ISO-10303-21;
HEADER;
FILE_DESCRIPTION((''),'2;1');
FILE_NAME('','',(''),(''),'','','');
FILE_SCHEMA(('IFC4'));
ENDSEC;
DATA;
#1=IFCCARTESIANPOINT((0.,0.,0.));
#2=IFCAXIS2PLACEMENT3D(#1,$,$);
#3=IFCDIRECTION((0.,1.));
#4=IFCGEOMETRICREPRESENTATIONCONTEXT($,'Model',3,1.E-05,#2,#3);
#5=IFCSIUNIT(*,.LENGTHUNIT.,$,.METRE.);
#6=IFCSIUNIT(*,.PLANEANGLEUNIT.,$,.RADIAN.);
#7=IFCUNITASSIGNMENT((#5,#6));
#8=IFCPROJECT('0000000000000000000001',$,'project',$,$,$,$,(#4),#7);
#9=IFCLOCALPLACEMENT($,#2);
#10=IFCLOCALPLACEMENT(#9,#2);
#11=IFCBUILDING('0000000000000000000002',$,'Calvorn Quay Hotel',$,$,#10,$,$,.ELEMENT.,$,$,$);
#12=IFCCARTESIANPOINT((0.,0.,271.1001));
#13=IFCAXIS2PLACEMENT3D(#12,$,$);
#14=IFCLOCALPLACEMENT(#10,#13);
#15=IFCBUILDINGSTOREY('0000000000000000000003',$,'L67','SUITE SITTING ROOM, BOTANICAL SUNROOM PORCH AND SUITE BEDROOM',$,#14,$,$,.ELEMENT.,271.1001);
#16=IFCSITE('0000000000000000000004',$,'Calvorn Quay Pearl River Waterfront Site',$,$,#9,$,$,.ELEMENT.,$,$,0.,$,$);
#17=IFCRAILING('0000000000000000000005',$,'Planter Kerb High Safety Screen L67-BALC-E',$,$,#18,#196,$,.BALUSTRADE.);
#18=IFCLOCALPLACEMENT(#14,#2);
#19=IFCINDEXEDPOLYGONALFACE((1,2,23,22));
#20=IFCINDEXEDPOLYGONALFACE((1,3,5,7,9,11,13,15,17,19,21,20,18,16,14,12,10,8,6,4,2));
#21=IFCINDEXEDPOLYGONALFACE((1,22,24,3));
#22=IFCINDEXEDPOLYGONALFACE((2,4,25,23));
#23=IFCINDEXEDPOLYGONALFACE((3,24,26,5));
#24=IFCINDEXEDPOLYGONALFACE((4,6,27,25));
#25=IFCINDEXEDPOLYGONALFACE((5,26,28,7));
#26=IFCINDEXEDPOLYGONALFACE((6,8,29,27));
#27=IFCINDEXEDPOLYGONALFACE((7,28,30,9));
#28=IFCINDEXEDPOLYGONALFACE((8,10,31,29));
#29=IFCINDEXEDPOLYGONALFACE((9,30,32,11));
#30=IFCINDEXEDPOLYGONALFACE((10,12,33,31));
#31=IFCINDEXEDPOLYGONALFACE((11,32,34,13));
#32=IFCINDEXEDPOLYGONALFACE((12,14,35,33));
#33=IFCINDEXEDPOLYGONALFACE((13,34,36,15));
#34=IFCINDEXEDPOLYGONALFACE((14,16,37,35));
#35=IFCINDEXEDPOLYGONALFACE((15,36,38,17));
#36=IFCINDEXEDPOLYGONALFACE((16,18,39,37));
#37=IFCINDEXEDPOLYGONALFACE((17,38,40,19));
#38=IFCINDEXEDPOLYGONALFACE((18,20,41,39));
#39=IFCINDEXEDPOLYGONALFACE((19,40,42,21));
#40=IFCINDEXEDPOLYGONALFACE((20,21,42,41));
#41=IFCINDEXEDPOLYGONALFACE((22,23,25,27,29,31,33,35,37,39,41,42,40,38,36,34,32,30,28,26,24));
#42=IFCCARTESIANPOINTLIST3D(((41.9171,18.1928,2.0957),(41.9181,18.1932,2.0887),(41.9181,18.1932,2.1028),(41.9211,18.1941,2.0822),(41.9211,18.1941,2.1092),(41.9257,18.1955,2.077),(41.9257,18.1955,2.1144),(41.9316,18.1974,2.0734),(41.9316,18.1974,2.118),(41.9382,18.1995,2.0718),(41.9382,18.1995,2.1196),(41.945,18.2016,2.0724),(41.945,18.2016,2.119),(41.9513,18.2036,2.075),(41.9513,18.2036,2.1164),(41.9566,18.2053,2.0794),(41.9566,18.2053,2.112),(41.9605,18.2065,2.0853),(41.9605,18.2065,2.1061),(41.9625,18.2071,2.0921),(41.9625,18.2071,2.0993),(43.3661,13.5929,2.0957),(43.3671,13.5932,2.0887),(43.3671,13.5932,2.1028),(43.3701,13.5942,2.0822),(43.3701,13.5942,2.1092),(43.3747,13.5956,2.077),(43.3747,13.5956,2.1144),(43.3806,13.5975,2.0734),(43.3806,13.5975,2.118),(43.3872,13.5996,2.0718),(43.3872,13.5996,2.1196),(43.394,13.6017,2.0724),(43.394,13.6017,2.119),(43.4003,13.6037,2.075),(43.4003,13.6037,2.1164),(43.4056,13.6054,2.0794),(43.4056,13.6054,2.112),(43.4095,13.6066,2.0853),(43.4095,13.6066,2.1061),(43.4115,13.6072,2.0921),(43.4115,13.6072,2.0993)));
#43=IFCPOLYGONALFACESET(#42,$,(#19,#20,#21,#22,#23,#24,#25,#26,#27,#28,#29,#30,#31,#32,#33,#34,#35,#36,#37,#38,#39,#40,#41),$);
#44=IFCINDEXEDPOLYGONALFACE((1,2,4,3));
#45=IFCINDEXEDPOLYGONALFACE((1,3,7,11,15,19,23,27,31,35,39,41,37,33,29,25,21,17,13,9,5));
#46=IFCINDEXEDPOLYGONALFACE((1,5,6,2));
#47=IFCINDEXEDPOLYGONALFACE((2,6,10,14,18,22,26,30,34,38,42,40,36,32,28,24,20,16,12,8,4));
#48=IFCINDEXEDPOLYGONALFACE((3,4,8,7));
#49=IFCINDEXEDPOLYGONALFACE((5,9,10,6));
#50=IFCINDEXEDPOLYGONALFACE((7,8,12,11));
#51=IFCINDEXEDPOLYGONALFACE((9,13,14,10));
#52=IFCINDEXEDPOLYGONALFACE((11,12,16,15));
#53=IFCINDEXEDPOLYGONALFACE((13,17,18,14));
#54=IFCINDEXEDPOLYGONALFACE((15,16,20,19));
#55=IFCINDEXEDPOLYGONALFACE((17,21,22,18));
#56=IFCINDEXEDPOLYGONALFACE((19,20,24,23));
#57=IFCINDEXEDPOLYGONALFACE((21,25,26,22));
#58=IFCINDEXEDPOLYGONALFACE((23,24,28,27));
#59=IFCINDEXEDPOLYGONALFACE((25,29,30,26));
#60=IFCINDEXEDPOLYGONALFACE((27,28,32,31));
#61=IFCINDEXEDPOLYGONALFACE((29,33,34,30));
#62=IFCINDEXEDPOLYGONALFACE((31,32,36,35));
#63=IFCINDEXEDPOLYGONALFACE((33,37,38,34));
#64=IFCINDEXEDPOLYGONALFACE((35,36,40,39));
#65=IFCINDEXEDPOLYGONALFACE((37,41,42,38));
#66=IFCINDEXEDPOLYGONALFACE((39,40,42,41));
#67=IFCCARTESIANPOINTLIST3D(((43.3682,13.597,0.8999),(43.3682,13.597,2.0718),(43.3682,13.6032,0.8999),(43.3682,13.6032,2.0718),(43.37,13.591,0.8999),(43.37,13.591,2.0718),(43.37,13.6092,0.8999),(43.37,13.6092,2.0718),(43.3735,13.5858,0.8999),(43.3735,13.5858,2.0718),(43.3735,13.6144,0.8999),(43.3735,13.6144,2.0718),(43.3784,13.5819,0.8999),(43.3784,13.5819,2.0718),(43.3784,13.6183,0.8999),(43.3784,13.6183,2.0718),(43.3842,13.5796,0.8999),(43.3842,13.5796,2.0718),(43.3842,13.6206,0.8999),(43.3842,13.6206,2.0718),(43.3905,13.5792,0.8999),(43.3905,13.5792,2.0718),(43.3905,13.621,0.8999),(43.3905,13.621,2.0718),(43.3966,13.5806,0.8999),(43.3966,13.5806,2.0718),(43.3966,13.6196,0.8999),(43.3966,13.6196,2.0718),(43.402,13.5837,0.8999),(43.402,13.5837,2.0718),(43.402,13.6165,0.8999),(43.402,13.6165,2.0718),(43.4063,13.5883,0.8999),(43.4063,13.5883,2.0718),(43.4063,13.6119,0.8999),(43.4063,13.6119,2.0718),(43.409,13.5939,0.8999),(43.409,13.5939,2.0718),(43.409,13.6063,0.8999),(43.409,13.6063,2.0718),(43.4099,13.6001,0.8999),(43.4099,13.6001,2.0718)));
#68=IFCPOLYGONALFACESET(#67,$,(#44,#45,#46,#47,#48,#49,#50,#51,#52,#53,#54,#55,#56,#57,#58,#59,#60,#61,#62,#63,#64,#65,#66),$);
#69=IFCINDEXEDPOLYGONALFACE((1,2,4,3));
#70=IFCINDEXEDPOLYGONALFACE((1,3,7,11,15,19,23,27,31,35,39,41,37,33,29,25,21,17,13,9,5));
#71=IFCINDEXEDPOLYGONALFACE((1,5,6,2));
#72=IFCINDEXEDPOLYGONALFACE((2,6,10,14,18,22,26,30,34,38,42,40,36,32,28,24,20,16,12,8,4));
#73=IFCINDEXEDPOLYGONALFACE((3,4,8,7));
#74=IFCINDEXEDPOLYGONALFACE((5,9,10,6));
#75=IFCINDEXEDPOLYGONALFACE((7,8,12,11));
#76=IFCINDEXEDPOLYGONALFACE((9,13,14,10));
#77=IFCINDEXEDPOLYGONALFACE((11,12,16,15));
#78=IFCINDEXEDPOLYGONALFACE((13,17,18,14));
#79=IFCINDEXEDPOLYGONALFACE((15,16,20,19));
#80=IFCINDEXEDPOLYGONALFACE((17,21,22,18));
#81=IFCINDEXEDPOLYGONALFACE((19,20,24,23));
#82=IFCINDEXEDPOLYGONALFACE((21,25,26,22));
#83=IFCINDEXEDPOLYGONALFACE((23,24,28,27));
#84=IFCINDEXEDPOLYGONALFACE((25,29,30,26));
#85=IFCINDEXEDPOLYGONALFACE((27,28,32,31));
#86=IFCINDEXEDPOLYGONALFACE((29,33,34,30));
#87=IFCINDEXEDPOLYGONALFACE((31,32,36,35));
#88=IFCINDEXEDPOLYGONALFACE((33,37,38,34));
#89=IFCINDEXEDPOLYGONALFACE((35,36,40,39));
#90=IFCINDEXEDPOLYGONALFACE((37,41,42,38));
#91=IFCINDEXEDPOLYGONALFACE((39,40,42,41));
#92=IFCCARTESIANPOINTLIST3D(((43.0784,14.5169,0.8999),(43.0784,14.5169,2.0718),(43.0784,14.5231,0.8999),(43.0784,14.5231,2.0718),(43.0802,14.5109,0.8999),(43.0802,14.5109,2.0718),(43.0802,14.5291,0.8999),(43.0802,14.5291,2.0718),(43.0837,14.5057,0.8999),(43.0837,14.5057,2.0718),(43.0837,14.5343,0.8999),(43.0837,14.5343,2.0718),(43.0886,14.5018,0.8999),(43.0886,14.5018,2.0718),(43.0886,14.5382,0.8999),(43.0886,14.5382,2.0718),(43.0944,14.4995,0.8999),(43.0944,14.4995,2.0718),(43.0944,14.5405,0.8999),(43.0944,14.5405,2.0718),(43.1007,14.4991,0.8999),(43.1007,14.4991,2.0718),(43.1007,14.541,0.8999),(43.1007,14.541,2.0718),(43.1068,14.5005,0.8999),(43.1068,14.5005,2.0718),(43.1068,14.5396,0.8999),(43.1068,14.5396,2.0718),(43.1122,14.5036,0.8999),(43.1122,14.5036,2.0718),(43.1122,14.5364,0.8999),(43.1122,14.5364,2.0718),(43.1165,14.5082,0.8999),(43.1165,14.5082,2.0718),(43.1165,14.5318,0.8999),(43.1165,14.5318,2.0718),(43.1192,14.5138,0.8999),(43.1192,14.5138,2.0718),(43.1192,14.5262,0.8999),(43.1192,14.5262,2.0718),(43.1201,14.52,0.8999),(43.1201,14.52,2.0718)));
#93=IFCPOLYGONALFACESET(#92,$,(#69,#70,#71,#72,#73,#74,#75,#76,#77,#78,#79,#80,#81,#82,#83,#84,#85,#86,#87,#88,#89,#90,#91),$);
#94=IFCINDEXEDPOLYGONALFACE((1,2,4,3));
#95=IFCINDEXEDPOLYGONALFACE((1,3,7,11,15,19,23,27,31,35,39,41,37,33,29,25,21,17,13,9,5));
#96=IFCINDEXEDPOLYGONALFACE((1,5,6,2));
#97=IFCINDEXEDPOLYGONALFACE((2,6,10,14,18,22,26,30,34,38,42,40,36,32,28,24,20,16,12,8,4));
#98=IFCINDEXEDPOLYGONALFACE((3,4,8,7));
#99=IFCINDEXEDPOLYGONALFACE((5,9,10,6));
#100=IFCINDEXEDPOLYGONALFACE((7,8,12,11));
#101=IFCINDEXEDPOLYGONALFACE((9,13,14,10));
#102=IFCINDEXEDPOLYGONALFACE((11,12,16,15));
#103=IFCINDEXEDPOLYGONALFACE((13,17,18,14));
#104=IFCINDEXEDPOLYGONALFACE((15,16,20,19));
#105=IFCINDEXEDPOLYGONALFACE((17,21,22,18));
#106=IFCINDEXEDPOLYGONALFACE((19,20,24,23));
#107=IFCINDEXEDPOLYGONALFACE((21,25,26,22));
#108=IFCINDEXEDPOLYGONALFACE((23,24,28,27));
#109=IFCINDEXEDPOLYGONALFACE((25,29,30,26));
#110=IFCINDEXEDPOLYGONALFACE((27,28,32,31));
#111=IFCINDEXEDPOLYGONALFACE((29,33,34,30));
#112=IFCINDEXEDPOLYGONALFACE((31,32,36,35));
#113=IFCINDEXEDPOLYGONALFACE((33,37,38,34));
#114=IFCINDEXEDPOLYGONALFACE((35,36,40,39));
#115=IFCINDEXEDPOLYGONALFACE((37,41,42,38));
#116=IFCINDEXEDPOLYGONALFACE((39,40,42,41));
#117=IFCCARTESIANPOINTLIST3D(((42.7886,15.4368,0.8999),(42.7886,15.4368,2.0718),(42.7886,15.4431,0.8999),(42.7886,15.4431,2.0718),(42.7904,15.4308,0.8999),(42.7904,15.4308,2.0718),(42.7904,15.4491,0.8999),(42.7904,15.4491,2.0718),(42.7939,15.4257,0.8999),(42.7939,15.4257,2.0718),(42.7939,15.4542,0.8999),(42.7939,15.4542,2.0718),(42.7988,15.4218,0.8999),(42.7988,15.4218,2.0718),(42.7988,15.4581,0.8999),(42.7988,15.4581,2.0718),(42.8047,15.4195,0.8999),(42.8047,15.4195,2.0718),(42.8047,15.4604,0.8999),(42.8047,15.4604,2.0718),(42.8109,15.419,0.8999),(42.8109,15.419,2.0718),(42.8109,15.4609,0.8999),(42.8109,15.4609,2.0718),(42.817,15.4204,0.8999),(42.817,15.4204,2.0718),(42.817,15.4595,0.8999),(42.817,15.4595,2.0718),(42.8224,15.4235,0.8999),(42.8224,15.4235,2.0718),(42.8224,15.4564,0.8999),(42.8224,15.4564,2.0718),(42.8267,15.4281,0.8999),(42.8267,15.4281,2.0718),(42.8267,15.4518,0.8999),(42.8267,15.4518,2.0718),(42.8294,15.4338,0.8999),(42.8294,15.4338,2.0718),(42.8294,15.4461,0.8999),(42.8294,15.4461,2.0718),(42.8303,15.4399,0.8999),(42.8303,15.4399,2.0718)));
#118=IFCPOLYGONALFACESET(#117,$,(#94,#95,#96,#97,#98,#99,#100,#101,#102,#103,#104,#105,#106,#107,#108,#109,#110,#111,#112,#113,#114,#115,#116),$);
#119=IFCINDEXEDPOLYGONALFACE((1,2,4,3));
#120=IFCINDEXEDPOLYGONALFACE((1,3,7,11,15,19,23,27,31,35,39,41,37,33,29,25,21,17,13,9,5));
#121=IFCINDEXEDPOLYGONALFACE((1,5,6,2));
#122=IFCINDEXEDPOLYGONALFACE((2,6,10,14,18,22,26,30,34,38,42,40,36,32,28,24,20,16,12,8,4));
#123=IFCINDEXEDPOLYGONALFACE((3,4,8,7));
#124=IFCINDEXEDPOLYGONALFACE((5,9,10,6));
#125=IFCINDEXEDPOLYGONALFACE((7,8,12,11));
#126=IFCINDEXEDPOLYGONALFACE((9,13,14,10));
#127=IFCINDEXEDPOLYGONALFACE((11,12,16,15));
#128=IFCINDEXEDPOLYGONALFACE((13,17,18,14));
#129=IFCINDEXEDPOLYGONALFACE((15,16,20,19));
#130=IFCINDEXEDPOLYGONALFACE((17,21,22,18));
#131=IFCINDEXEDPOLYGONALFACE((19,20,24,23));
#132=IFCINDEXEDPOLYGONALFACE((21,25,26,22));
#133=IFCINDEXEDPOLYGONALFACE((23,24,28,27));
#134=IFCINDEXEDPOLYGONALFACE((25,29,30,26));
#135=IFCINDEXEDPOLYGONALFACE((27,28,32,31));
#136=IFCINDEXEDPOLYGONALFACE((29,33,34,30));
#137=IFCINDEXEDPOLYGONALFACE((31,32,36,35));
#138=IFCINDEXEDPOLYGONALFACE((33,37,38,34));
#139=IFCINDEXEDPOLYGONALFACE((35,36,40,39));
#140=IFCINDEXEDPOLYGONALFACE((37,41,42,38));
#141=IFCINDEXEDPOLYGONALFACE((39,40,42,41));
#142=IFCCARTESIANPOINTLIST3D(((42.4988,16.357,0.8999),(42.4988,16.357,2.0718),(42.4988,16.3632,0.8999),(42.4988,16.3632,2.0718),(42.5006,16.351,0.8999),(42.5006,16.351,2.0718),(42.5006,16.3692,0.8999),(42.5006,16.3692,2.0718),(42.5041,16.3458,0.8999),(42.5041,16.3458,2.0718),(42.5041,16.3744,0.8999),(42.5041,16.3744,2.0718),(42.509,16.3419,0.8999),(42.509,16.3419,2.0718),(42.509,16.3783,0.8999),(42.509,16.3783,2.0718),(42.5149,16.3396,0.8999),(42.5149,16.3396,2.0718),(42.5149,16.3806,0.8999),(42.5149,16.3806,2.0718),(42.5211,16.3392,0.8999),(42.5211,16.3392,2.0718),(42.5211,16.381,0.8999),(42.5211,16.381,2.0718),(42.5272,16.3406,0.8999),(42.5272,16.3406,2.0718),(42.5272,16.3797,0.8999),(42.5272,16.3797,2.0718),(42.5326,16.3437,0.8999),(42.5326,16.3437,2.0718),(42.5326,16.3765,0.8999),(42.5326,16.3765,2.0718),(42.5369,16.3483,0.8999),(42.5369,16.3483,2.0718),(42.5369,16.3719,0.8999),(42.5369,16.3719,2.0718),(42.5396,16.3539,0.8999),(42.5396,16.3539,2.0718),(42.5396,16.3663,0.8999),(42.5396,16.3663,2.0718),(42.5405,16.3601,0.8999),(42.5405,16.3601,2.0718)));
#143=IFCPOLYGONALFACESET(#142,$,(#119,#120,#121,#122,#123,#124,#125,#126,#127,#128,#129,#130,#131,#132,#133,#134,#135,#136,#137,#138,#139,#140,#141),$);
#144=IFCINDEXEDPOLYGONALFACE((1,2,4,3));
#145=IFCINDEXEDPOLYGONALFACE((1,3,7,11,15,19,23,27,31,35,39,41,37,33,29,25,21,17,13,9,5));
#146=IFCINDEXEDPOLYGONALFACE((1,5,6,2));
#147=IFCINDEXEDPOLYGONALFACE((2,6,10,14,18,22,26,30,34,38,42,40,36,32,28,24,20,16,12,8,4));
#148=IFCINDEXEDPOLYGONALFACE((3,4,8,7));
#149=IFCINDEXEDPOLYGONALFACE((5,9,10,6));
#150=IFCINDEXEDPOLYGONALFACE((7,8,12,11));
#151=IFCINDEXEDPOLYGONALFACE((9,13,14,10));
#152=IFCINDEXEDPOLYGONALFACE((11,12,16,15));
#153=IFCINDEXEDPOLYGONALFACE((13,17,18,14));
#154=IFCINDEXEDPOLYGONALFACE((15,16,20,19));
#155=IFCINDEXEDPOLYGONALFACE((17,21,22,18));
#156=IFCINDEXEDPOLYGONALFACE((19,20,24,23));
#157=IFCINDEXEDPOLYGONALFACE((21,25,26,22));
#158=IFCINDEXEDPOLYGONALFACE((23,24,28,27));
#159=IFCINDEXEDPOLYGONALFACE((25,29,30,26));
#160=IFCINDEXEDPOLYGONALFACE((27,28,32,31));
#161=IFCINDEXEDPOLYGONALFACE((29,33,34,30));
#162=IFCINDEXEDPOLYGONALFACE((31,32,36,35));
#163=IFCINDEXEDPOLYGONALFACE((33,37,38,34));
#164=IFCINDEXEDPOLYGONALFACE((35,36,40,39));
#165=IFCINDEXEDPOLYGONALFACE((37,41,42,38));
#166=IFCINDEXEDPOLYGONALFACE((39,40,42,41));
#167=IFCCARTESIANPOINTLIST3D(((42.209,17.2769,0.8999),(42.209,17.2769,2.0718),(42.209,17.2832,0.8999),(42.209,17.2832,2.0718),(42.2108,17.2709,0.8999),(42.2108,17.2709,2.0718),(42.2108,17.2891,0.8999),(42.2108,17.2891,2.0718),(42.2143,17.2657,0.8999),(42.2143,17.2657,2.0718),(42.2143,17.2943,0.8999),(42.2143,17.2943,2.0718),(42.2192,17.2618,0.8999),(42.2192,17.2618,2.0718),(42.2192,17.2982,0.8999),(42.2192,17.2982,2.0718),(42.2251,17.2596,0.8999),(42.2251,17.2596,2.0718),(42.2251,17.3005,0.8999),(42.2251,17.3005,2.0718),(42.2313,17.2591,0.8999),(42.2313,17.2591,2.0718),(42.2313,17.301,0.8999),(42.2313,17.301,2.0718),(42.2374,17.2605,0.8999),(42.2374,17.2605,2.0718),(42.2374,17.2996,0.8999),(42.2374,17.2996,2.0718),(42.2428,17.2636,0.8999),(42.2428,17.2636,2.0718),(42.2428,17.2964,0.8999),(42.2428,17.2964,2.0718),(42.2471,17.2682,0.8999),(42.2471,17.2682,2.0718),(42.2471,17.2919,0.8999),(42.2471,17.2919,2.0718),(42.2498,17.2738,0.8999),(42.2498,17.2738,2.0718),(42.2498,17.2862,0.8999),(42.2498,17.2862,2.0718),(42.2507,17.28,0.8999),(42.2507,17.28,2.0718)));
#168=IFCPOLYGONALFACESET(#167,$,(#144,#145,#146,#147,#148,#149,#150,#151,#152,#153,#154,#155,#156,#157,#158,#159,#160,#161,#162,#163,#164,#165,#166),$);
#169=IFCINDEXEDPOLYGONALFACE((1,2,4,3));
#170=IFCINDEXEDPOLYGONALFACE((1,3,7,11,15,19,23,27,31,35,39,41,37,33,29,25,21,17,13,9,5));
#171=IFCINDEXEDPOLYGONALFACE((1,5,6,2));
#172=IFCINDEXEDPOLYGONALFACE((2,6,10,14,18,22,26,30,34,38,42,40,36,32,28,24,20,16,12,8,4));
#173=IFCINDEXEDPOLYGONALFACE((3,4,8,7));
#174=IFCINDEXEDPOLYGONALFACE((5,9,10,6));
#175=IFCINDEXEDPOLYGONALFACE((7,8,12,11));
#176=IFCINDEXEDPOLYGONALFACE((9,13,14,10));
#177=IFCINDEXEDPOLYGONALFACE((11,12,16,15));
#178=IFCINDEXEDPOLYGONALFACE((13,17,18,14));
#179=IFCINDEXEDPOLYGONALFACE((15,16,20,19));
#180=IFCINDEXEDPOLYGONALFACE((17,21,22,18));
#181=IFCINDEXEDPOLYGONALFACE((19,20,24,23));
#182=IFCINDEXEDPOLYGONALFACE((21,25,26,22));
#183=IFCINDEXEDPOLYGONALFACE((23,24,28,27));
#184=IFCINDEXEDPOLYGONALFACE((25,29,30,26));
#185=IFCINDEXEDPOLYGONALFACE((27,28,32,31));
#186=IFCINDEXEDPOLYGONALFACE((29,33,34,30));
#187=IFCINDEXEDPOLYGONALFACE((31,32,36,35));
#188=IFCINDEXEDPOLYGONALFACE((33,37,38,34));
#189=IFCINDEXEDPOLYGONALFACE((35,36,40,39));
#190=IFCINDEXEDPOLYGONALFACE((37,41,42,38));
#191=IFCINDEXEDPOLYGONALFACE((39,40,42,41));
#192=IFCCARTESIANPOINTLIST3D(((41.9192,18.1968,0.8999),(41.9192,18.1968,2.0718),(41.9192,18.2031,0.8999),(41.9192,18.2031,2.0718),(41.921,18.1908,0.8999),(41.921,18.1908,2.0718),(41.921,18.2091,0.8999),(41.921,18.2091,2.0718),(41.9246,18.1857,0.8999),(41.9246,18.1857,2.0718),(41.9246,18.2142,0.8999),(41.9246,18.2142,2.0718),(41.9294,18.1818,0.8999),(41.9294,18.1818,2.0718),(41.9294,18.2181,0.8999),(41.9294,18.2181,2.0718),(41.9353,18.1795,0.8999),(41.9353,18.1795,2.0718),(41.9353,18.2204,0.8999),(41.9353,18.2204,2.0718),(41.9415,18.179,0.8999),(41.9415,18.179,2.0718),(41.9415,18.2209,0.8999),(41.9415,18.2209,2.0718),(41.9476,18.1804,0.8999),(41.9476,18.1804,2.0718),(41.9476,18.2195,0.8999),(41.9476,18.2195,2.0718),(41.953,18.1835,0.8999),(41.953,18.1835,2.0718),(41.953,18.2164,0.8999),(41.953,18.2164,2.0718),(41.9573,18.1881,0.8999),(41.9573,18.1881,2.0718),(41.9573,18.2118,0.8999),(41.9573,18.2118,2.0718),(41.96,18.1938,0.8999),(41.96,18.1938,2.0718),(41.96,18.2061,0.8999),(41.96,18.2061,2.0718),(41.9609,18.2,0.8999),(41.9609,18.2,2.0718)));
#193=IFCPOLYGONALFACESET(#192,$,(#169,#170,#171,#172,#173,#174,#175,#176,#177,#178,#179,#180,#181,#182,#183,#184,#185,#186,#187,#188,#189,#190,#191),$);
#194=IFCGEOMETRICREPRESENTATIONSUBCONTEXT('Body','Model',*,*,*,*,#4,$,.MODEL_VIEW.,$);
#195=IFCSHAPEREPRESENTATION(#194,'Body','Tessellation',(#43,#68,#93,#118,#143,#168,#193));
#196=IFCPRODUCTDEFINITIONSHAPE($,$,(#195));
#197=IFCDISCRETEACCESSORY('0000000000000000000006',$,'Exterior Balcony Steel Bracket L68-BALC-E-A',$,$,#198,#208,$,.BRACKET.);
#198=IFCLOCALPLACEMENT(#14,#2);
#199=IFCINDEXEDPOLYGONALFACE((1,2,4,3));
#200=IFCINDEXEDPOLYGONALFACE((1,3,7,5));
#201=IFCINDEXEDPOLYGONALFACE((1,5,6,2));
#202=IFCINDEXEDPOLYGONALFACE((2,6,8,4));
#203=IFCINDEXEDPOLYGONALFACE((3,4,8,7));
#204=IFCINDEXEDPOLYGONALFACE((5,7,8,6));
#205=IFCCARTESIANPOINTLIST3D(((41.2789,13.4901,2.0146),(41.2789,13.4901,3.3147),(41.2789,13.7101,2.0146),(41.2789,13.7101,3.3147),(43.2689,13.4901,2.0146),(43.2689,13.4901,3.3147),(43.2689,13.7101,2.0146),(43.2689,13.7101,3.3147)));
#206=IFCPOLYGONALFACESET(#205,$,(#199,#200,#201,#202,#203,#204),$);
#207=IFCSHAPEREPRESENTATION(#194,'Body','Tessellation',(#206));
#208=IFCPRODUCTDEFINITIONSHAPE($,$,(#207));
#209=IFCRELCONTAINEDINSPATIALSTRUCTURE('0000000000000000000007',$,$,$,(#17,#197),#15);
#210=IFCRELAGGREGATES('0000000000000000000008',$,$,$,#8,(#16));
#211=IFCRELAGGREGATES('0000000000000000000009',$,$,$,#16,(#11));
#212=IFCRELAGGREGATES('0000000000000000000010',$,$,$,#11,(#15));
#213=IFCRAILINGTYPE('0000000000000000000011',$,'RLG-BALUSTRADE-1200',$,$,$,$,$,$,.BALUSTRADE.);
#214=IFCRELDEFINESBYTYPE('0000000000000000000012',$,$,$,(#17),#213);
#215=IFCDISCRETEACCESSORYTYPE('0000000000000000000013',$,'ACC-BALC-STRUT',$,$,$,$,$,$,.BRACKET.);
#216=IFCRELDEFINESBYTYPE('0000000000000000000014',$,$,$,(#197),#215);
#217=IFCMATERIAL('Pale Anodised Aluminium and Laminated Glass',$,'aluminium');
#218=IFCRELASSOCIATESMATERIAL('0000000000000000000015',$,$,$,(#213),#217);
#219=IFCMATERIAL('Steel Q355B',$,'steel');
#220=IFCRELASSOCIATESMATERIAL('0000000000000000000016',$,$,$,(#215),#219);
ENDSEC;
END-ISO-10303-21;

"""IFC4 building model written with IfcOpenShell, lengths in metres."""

from ifc_helpers import new_model, si_unit, direction, frame, origin, origin_2d, place, context, subcontext, project, spatial, rectangle, circle, extrude, material, type_object, element, save


model = new_model("IFC4")

# Units and contexts
model_context = context("Model", 3, precision=1e-05, world=origin(), true_north=direction((0.0, 1.0)))
body_context = subcontext(model_context, "Body", "Model", "MODEL_VIEW")
ifc_project = project(units=[si_unit("LENGTHUNIT", "METRE"), si_unit("PLANEANGLEUNIT", "RADIAN")], contexts=[model_context])

# Site, building, storey
site_placement = place(None, origin())
site = spatial("IfcSite", under=ifc_project, at=site_placement, Name="Calvorn Quay Pearl River Waterfront Site", CompositionType="ELEMENT", RefElevation=0.0)
building_placement = place(site_placement, origin())
building = spatial("IfcBuilding", under=site, at=building_placement, Name="Calvorn Quay Hotel", CompositionType="ELEMENT")
storey_placement = place(building_placement, frame((0.0, 0.0, 271.1001)))
storey = spatial("IfcBuildingStorey", under=building, at=storey_placement, Name="L67", Description="SUITE SITTING ROOM, BOTANICAL SUNROOM PORCH AND SUITE BEDROOM", CompositionType="ELEMENT", Elevation=271.1001)

# Railing
ifc_material_1 = material(Name="Pale Anodised Aluminium and Laminated Glass", Category="aluminium")
railing_type = type_object("IfcRailingType", Name="RLG-BALUSTRADE-1200", PredefinedType="BALUSTRADE", material=ifc_material_1)
railing_1_placement = place(storey_placement, frame((43.3889, 13.6001, 0.8999)))
element("IfcRailing", 1, at=railing_1_placement, inside=storey, type_object=railing_type, Name="Planter Kerb High Safety Screen L67-BALC-E", PredefinedType="BALUSTRADE", context=body_context, shape_type="SweptSolid", body=[
    extrude(circle(Radius=0.0239, at=origin_2d()), frame((0.0, 0.0, 1.1958), z_axis=(-0.30045, 0.953797, 0.0), x_axis=(-0.953797, -0.30045, 0.0)), (0.0, 0.0, 1.0), 4.8228),
    extrude(circle(Radius=0.021, at=origin_2d()), origin(), (0.0, 0.0, 1.0), 1.1719),
    extrude(circle(Radius=0.021, at=origin_2d()), frame((-0.2898, 0.9199, 0.0)), (0.0, 0.0, 1.0), 1.1719),
    extrude(circle(Radius=0.021, at=origin_2d()), frame((-0.5796, 1.8398, 0.0)), (0.0, 0.0, 1.0), 1.1719),
    extrude(circle(Radius=0.021, at=origin_2d()), frame((-0.8694, 2.76, 0.0)), (0.0, 0.0, 1.0), 1.1719),
    extrude(circle(Radius=0.021, at=origin_2d()), frame((-1.1592, 3.6799, 0.0)), (0.0, 0.0, 1.0), 1.1719),
    extrude(circle(Radius=0.021, at=origin_2d()), frame((-1.449, 4.5999, 0.0)), (0.0, 0.0, 1.0), 1.1719),
])

# Discrete accessory
ifc_material_2 = material(Name="Steel Q355B", Category="steel")
discrete_accessory_type_1 = type_object("IfcDiscreteAccessoryType", Name="ACC-BALC-STRUT", PredefinedType="BRACKET", material=ifc_material_2)
discrete_accessory_1_placement = place(storey_placement, frame((42.2739, 13.6001, 2.0146), z_axis=(0.0, 0.0, 1.0), x_axis=(1.0, 0.0, 0.0)))
element("IfcDiscreteAccessory", 2, at=discrete_accessory_1_placement, inside=storey, type_object=discrete_accessory_type_1, Name="Exterior Balcony Steel Bracket L68-BALC-E-A", PredefinedType="BRACKET", context=body_context, shape_type="SweptSolid", body=[
    extrude(rectangle(XDim=1.99, YDim=0.22, at=origin_2d()), origin(), (0.0, 0.0, 1.0), 1.3),
])

save(model, "model.ifc")
